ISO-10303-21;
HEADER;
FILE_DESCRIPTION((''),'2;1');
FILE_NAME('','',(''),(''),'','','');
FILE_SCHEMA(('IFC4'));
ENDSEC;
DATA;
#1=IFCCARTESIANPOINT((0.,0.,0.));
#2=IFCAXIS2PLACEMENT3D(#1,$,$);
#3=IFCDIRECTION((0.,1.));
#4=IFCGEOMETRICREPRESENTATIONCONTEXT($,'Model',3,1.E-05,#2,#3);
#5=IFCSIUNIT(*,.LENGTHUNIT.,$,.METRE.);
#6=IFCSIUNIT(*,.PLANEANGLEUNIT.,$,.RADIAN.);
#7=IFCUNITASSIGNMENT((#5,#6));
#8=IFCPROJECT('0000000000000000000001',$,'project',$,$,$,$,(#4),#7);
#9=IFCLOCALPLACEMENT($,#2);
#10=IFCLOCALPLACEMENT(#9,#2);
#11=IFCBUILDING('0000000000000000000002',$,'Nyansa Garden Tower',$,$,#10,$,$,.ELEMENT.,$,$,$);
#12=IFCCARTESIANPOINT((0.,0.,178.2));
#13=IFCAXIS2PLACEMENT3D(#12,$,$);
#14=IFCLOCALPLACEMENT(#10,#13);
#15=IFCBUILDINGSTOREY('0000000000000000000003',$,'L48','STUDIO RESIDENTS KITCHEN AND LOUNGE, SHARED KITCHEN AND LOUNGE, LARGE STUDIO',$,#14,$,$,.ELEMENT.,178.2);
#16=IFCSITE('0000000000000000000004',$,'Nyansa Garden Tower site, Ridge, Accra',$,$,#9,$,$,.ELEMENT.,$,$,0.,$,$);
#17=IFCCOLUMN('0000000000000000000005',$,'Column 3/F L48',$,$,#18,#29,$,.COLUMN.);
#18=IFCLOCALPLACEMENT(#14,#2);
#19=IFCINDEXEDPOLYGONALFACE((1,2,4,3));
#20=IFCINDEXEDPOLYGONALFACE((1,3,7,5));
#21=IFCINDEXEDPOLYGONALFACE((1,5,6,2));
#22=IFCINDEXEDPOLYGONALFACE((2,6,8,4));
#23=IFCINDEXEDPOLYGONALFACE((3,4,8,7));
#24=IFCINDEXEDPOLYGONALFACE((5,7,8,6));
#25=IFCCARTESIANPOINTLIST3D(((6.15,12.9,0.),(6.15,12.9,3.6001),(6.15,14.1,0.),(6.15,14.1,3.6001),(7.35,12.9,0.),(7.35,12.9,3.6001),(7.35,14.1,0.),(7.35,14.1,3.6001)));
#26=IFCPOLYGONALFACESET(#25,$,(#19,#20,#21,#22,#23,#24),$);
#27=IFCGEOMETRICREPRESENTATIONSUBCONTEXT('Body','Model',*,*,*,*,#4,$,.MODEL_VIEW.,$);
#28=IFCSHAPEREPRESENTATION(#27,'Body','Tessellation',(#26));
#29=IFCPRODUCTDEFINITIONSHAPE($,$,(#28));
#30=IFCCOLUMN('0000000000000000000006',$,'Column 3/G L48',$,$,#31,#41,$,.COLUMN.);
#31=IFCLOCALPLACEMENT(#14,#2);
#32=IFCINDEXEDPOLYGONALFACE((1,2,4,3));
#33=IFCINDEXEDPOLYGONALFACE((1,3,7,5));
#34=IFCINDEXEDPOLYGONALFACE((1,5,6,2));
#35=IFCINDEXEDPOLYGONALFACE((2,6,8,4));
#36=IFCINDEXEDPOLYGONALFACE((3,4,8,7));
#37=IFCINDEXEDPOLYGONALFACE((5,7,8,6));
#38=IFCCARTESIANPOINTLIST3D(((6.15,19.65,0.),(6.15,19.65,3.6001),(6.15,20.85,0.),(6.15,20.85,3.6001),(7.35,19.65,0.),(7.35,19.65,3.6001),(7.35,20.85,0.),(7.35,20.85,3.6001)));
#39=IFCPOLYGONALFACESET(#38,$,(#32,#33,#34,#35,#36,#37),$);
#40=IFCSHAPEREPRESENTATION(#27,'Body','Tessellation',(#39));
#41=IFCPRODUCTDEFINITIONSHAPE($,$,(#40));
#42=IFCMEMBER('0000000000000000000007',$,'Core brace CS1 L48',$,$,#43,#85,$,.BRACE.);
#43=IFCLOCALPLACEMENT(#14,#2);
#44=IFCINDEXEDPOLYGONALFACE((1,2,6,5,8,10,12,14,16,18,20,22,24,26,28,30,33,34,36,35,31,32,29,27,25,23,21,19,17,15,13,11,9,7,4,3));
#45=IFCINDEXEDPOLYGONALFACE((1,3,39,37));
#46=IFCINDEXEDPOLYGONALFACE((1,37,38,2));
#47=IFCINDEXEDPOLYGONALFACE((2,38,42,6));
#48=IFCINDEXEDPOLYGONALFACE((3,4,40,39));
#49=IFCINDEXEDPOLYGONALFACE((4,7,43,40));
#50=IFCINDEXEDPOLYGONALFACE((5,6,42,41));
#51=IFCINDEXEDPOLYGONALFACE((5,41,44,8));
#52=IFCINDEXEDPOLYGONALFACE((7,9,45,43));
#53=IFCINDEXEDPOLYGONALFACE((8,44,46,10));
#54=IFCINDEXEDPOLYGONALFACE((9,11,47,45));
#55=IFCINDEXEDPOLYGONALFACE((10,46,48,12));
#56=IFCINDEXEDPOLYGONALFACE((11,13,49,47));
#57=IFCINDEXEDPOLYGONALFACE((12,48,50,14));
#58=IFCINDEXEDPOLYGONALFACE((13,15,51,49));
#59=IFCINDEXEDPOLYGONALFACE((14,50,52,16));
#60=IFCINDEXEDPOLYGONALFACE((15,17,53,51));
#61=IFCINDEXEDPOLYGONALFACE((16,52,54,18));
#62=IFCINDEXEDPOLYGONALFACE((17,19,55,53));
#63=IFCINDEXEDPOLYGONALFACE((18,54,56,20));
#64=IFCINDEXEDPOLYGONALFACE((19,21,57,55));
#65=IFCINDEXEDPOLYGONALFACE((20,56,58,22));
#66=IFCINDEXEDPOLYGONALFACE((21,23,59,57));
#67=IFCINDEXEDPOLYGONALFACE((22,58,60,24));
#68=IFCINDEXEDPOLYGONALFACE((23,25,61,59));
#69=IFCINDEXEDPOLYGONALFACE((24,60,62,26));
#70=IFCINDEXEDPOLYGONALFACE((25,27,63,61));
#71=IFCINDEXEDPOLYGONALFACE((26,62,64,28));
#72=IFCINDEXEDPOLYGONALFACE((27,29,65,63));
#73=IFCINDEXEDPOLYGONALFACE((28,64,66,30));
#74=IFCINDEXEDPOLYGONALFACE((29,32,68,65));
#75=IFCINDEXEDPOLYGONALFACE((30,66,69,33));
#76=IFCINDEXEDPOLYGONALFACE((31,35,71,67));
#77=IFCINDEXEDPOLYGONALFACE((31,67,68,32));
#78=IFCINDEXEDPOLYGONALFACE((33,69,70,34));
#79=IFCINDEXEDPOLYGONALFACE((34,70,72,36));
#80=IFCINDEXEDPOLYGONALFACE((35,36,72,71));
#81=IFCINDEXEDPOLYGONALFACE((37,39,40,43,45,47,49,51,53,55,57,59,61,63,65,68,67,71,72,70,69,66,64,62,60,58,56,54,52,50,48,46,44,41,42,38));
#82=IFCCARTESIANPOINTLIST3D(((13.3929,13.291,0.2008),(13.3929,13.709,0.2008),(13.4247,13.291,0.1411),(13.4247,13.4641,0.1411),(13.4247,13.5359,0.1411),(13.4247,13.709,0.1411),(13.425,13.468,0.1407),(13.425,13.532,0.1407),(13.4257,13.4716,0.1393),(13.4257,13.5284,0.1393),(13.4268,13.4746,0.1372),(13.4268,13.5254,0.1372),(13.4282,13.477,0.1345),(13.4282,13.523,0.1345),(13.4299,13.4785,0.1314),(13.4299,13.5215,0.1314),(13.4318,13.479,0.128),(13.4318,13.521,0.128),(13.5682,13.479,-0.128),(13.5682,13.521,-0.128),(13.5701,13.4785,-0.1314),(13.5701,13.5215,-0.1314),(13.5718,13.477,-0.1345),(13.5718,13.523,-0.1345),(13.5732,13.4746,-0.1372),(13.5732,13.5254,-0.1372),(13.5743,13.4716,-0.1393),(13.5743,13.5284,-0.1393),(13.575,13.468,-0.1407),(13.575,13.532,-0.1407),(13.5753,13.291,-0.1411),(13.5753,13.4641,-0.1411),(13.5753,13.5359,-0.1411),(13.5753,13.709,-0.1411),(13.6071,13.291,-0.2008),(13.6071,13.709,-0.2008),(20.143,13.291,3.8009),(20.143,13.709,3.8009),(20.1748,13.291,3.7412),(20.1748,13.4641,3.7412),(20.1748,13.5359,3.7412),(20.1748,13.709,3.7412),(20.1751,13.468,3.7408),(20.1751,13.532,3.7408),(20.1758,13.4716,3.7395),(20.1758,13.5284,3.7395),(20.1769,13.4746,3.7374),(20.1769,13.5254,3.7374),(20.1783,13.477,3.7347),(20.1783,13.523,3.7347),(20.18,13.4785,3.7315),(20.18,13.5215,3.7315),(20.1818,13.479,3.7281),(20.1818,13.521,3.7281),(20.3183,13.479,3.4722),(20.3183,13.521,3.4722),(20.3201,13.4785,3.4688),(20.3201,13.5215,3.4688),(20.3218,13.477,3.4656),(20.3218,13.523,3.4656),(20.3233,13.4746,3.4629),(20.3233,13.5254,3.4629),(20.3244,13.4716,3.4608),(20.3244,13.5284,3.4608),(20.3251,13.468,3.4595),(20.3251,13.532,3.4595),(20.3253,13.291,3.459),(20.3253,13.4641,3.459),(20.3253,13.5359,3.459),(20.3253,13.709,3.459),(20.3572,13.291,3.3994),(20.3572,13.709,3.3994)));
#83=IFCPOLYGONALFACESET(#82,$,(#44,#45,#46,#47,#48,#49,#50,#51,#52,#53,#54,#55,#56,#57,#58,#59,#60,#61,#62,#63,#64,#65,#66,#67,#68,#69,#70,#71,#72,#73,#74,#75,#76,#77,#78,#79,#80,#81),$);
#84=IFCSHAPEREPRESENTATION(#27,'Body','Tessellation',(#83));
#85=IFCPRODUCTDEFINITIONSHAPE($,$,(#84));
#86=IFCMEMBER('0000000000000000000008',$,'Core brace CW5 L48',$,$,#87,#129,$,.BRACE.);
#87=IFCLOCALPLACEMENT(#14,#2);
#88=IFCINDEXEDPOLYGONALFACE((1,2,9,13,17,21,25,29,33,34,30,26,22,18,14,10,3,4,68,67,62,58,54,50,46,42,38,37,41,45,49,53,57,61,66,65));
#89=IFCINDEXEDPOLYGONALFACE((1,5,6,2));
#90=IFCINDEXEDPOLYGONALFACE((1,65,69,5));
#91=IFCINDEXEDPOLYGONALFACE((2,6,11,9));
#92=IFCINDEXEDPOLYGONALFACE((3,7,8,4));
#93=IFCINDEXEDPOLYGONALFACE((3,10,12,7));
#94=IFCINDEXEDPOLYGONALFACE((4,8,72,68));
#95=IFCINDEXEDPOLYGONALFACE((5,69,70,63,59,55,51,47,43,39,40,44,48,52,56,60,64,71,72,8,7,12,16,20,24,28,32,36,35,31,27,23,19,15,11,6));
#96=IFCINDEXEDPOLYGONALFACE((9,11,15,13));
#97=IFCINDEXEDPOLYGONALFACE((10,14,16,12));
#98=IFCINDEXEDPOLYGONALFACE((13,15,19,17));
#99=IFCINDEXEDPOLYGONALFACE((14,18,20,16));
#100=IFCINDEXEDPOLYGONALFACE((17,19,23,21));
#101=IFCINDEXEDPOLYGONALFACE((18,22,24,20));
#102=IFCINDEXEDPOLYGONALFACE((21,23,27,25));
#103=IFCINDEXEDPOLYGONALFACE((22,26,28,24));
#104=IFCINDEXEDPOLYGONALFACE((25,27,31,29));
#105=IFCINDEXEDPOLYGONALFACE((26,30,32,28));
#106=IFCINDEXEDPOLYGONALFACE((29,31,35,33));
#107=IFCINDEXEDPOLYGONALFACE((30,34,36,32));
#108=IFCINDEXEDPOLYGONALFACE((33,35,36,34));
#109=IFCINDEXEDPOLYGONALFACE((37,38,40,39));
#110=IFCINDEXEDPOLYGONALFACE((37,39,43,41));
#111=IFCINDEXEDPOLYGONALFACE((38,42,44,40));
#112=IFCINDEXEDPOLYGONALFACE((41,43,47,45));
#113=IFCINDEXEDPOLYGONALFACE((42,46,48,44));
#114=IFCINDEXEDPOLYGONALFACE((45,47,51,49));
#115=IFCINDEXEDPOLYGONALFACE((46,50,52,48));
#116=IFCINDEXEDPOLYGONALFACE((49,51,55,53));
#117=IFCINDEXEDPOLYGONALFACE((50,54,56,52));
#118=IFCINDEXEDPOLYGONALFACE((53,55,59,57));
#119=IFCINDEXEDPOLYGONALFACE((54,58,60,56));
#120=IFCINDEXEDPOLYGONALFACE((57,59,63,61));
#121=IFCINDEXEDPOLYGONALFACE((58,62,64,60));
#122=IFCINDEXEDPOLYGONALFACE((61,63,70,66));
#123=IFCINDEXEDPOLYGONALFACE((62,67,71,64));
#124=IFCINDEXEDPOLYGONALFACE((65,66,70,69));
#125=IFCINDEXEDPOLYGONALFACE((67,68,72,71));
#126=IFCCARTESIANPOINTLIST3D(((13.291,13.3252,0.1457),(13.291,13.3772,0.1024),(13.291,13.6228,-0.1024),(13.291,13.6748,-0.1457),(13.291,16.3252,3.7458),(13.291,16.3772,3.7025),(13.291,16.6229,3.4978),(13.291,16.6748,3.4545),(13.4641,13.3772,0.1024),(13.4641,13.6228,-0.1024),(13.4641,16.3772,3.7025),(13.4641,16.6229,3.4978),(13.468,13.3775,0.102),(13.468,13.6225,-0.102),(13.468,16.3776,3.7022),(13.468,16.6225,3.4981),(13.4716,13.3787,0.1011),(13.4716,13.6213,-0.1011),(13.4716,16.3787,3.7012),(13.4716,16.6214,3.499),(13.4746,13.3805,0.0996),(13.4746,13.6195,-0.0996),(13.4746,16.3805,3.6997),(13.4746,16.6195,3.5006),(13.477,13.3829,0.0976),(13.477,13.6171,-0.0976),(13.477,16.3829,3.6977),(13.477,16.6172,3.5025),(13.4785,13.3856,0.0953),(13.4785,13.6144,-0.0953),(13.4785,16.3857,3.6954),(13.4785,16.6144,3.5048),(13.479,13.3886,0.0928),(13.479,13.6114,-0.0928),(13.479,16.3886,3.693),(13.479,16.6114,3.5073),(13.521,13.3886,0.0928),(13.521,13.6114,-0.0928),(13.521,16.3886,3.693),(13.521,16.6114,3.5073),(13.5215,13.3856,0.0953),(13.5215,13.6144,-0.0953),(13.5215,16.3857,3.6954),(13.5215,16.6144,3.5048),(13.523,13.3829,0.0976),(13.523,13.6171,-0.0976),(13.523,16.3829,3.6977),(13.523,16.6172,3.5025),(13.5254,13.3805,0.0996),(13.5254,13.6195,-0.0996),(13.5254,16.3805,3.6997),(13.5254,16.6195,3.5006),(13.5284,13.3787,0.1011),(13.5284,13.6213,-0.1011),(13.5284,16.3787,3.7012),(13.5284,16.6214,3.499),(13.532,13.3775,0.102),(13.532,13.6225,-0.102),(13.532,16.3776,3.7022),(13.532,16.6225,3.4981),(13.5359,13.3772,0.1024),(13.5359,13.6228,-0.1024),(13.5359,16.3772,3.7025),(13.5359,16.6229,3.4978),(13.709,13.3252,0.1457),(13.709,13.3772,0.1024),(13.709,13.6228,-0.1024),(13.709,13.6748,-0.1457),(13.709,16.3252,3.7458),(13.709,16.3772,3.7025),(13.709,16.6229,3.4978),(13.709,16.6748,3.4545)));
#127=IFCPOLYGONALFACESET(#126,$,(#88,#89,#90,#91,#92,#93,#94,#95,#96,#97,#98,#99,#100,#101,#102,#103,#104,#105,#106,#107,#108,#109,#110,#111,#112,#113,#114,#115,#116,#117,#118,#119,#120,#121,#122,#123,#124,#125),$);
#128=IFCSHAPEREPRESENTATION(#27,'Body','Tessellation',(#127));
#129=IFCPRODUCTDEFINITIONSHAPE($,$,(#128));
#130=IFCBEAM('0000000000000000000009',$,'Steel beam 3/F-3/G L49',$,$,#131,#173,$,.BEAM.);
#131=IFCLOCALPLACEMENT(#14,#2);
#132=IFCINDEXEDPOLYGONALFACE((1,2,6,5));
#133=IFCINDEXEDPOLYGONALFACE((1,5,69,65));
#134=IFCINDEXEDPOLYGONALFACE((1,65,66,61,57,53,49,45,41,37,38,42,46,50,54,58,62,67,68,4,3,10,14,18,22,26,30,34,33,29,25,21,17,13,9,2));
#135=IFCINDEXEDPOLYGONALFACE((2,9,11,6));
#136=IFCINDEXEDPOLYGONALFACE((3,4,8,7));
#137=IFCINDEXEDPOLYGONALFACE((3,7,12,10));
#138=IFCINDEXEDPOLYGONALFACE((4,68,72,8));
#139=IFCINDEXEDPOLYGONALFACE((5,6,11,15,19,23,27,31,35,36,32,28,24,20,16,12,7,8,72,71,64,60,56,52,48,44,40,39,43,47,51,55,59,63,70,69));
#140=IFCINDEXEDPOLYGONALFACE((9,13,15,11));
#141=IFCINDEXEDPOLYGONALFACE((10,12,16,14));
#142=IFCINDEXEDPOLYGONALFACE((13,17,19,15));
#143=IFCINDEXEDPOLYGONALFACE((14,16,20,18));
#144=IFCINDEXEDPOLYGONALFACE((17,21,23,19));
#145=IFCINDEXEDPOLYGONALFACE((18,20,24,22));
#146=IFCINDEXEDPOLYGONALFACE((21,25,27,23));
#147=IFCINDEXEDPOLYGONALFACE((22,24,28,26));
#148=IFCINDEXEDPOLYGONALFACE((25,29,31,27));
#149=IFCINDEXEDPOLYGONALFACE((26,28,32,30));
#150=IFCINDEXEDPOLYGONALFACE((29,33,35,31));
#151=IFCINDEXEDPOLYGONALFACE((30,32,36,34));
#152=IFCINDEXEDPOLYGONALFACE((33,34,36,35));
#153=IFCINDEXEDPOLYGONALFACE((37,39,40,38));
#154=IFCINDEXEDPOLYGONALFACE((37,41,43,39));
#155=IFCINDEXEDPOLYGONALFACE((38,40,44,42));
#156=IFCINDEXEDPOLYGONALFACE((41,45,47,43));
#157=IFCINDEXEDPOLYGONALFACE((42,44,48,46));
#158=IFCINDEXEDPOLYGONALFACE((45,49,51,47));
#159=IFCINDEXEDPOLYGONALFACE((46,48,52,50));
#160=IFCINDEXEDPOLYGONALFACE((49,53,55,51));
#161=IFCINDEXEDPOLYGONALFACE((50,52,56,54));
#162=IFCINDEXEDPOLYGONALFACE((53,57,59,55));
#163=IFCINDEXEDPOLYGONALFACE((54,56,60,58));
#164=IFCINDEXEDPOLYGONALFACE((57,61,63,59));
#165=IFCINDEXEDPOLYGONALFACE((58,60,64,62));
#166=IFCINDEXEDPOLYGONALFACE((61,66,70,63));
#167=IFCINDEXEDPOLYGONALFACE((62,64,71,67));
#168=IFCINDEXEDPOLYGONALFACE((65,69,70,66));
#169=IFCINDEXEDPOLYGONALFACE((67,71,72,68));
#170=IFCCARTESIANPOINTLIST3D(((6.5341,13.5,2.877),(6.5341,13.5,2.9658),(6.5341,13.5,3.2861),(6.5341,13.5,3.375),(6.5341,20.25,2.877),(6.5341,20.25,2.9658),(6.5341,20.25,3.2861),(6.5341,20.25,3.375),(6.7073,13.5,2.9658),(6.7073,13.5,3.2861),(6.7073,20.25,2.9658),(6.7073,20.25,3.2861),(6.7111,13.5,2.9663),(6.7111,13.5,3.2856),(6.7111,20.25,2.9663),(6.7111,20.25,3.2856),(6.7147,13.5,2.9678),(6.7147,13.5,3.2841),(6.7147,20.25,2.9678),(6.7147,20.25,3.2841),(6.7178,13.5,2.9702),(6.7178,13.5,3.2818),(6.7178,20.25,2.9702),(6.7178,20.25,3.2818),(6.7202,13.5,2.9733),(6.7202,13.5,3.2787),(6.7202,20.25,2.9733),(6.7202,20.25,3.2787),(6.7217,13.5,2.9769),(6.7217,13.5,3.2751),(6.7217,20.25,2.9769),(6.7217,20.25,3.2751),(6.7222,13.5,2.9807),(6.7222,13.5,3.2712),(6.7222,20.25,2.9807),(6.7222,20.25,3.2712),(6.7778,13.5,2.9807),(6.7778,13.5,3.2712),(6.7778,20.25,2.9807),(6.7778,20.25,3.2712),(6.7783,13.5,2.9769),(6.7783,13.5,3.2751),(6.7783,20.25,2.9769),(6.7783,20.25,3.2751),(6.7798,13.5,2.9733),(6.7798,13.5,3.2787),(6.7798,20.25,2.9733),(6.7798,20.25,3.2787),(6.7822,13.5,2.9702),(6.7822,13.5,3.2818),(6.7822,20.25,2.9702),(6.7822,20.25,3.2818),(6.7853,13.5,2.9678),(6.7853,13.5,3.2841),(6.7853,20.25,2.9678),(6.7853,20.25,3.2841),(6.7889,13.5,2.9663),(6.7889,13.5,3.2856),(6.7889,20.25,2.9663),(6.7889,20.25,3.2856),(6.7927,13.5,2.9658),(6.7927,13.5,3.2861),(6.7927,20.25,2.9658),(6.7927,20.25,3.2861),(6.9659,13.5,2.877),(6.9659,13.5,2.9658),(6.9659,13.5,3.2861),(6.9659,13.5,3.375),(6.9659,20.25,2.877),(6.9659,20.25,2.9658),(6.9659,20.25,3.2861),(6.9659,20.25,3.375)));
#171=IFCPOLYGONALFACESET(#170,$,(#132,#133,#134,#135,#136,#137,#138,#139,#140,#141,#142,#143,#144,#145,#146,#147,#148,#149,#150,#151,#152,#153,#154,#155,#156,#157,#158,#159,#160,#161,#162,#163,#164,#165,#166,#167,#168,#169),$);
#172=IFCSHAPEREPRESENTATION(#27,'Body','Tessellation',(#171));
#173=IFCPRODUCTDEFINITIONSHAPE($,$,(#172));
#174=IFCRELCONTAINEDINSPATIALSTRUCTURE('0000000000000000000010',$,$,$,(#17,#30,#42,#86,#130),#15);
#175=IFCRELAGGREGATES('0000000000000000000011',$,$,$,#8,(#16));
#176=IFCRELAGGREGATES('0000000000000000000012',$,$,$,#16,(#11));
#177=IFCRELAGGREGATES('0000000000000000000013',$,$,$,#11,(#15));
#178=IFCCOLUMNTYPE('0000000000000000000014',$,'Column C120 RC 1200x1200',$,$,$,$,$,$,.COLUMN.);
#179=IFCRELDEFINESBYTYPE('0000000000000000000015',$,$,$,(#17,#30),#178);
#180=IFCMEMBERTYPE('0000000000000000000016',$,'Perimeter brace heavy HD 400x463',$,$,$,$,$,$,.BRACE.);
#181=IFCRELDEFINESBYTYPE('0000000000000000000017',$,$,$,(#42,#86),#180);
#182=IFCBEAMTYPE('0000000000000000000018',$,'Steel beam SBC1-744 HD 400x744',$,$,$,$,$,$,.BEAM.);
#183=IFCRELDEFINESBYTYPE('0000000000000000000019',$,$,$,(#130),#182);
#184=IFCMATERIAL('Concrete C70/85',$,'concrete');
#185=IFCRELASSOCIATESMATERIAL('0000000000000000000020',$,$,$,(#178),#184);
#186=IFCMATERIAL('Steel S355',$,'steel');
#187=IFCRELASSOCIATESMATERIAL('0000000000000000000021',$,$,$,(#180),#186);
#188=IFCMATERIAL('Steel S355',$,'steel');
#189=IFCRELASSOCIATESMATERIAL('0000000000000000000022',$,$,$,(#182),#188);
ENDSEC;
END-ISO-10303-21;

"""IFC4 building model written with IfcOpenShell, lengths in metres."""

from ifc_helpers import new_model, si_unit, direction, frame, origin, origin_2d, place, context, subcontext, project, spatial, rectangle, i_section, extrude, material, material_profile, profile_set, type_object, element, save


model = new_model("IFC4")

# Units and contexts
model_context = context("Model", 3, precision=1e-05, world=origin(), true_north=direction((0.0, 1.0)))
body_context = subcontext(model_context, "Body", "Model", "MODEL_VIEW")
ifc_project = project(units=[si_unit("LENGTHUNIT", "METRE"), si_unit("PLANEANGLEUNIT", "RADIAN")], contexts=[model_context])

# Site, building, storey
site_placement = place(None, origin())
site = spatial("IfcSite", under=ifc_project, at=site_placement, Name="Nyansa Garden Tower site, Ridge, Accra", CompositionType="ELEMENT", RefElevation=0.0)
building_placement = place(site_placement, origin())
building = spatial("IfcBuilding", under=site, at=building_placement, Name="Nyansa Garden Tower", CompositionType="ELEMENT")
storey_placement = place(building_placement, frame((0.0, 0.0, 178.2)))
storey = spatial("IfcBuildingStorey", under=building, at=storey_placement, Name="L48", Description="STUDIO RESIDENTS KITCHEN AND LOUNGE, SHARED KITCHEN AND LOUNGE, LARGE STUDIO", CompositionType="ELEMENT", Elevation=178.2)

# Columns
ifc_material_1 = material(Name="Concrete C70/85", Category="concrete")
ifc_material_profile_1 = material_profile(ifc_material_1, rectangle(XDim=1.2, YDim=1.2, at=origin_2d()), Name="RC 1200x1200")
ifc_profile_set_1 = profile_set([ifc_material_profile_1], Name="Concrete C70/85")
column_type = type_object("IfcColumnType", Name="Column C120 RC 1200x1200", PredefinedType="COLUMN", material=ifc_profile_set_1)
for number, where, z_axis, x_axis, name in (
    (1, (6.75, 13.5, 0.0), (0.0, 0.0, 1.0), (1.0, 0.0, 0.0), "Column 3/F L48"),
    (2, (6.75, 20.25, 0.0), (0.0, 0.0, 1.0), (1.0, 0.0, 0.0), "Column 3/G L48"),
):
    element("IfcColumn", number, at=place(storey_placement, frame(where, z_axis=z_axis, x_axis=x_axis)), inside=storey, type_object=column_type, Name=name, PredefinedType="COLUMN", context=body_context, shape_type="SweptSolid", body=[
        extrude(rectangle(XDim=1.2, YDim=1.2, at=origin_2d()), origin(), (0.0, 0.0, 1.0), 3.6001),
    ])

# Members
ifc_material_2 = material(Name="Steel S355", Category="steel")
ifc_material_profile_2 = material_profile(ifc_material_2, i_section(OverallWidth=0.418, OverallDepth=0.4551, WebThickness=0.042, FlangeThickness=0.0676, FilletRadius=0.0149, at=origin_2d()), Name="HD 400x463")
ifc_profile_set_2 = profile_set([ifc_material_profile_2], Name="Steel S355")
member_type = type_object("IfcMemberType", Name="Perimeter brace heavy HD 400x463", PredefinedType="BRACE", material=ifc_profile_set_2)
member_1_placement = place(storey_placement, frame((13.5, 13.5, 0.0), z_axis=(0.882348, 0.0, 0.470598), x_axis=(0.0, 1.0, 0.0)))
element("IfcMember", 3, at=member_1_placement, inside=storey, type_object=member_type, Name="Core brace CS1 L48", PredefinedType="BRACE", context=body_context, shape_type="SweptSolid", body=[
    extrude(i_section(OverallWidth=0.418, OverallDepth=0.4551, WebThickness=0.042, FlangeThickness=0.0676, FilletRadius=0.0149, at=origin_2d()), origin(), (0.0, 0.0, 1.0), 7.6501),
])
member_2_placement = place(storey_placement, frame((13.5, 13.5, 0.0), z_axis=(0.0, 0.640174, 0.76823), x_axis=(-1.0, 0.0, 0.0)))
element("IfcMember", 4, at=member_2_placement, inside=storey, type_object=member_type, Name="Core brace CW5 L48", PredefinedType="BRACE", context=body_context, shape_type="SweptSolid", body=[
    extrude(i_section(OverallWidth=0.418, OverallDepth=0.4551, WebThickness=0.042, FlangeThickness=0.0676, FilletRadius=0.0149, at=origin_2d()), origin(), (0.0, 0.0, 1.0), 4.6863),
])

# Beam
ifc_material_3 = material(Name="Steel S355", Category="steel")
ifc_material_profile_3 = material_profile(ifc_material_3, i_section(OverallWidth=0.4319, OverallDepth=0.498, WebThickness=0.0557, FlangeThickness=0.0889, FilletRadius=0.0149, at=origin_2d()), Name="HD 400x744")
ifc_profile_set_3 = profile_set([ifc_material_profile_3], Name="Steel S355")
beam_type_1 = type_object("IfcBeamType", Name="Steel beam SBC1-744 HD 400x744", PredefinedType="BEAM", material=ifc_profile_set_3)
for number, where, z_axis, x_axis, name in (
    (5, (6.75, 13.5, 3.126), (0.0, 1.0, 0.0), (-1.0, 0.0, 0.0), "Steel beam 3/F-3/G L49"),
):
    element("IfcBeam", number, at=place(storey_placement, frame(where, z_axis=z_axis, x_axis=x_axis)), inside=storey, type_object=beam_type_1, Name=name, PredefinedType="BEAM", context=body_context, shape_type="SweptSolid", body=[
        extrude(i_section(OverallWidth=0.4319, OverallDepth=0.498, WebThickness=0.0557, FlangeThickness=0.0889, FilletRadius=0.0149, at=origin_2d()), origin(), (0.0, 0.0, 1.0), 6.75),
    ])

save(model, "model.ifc")
